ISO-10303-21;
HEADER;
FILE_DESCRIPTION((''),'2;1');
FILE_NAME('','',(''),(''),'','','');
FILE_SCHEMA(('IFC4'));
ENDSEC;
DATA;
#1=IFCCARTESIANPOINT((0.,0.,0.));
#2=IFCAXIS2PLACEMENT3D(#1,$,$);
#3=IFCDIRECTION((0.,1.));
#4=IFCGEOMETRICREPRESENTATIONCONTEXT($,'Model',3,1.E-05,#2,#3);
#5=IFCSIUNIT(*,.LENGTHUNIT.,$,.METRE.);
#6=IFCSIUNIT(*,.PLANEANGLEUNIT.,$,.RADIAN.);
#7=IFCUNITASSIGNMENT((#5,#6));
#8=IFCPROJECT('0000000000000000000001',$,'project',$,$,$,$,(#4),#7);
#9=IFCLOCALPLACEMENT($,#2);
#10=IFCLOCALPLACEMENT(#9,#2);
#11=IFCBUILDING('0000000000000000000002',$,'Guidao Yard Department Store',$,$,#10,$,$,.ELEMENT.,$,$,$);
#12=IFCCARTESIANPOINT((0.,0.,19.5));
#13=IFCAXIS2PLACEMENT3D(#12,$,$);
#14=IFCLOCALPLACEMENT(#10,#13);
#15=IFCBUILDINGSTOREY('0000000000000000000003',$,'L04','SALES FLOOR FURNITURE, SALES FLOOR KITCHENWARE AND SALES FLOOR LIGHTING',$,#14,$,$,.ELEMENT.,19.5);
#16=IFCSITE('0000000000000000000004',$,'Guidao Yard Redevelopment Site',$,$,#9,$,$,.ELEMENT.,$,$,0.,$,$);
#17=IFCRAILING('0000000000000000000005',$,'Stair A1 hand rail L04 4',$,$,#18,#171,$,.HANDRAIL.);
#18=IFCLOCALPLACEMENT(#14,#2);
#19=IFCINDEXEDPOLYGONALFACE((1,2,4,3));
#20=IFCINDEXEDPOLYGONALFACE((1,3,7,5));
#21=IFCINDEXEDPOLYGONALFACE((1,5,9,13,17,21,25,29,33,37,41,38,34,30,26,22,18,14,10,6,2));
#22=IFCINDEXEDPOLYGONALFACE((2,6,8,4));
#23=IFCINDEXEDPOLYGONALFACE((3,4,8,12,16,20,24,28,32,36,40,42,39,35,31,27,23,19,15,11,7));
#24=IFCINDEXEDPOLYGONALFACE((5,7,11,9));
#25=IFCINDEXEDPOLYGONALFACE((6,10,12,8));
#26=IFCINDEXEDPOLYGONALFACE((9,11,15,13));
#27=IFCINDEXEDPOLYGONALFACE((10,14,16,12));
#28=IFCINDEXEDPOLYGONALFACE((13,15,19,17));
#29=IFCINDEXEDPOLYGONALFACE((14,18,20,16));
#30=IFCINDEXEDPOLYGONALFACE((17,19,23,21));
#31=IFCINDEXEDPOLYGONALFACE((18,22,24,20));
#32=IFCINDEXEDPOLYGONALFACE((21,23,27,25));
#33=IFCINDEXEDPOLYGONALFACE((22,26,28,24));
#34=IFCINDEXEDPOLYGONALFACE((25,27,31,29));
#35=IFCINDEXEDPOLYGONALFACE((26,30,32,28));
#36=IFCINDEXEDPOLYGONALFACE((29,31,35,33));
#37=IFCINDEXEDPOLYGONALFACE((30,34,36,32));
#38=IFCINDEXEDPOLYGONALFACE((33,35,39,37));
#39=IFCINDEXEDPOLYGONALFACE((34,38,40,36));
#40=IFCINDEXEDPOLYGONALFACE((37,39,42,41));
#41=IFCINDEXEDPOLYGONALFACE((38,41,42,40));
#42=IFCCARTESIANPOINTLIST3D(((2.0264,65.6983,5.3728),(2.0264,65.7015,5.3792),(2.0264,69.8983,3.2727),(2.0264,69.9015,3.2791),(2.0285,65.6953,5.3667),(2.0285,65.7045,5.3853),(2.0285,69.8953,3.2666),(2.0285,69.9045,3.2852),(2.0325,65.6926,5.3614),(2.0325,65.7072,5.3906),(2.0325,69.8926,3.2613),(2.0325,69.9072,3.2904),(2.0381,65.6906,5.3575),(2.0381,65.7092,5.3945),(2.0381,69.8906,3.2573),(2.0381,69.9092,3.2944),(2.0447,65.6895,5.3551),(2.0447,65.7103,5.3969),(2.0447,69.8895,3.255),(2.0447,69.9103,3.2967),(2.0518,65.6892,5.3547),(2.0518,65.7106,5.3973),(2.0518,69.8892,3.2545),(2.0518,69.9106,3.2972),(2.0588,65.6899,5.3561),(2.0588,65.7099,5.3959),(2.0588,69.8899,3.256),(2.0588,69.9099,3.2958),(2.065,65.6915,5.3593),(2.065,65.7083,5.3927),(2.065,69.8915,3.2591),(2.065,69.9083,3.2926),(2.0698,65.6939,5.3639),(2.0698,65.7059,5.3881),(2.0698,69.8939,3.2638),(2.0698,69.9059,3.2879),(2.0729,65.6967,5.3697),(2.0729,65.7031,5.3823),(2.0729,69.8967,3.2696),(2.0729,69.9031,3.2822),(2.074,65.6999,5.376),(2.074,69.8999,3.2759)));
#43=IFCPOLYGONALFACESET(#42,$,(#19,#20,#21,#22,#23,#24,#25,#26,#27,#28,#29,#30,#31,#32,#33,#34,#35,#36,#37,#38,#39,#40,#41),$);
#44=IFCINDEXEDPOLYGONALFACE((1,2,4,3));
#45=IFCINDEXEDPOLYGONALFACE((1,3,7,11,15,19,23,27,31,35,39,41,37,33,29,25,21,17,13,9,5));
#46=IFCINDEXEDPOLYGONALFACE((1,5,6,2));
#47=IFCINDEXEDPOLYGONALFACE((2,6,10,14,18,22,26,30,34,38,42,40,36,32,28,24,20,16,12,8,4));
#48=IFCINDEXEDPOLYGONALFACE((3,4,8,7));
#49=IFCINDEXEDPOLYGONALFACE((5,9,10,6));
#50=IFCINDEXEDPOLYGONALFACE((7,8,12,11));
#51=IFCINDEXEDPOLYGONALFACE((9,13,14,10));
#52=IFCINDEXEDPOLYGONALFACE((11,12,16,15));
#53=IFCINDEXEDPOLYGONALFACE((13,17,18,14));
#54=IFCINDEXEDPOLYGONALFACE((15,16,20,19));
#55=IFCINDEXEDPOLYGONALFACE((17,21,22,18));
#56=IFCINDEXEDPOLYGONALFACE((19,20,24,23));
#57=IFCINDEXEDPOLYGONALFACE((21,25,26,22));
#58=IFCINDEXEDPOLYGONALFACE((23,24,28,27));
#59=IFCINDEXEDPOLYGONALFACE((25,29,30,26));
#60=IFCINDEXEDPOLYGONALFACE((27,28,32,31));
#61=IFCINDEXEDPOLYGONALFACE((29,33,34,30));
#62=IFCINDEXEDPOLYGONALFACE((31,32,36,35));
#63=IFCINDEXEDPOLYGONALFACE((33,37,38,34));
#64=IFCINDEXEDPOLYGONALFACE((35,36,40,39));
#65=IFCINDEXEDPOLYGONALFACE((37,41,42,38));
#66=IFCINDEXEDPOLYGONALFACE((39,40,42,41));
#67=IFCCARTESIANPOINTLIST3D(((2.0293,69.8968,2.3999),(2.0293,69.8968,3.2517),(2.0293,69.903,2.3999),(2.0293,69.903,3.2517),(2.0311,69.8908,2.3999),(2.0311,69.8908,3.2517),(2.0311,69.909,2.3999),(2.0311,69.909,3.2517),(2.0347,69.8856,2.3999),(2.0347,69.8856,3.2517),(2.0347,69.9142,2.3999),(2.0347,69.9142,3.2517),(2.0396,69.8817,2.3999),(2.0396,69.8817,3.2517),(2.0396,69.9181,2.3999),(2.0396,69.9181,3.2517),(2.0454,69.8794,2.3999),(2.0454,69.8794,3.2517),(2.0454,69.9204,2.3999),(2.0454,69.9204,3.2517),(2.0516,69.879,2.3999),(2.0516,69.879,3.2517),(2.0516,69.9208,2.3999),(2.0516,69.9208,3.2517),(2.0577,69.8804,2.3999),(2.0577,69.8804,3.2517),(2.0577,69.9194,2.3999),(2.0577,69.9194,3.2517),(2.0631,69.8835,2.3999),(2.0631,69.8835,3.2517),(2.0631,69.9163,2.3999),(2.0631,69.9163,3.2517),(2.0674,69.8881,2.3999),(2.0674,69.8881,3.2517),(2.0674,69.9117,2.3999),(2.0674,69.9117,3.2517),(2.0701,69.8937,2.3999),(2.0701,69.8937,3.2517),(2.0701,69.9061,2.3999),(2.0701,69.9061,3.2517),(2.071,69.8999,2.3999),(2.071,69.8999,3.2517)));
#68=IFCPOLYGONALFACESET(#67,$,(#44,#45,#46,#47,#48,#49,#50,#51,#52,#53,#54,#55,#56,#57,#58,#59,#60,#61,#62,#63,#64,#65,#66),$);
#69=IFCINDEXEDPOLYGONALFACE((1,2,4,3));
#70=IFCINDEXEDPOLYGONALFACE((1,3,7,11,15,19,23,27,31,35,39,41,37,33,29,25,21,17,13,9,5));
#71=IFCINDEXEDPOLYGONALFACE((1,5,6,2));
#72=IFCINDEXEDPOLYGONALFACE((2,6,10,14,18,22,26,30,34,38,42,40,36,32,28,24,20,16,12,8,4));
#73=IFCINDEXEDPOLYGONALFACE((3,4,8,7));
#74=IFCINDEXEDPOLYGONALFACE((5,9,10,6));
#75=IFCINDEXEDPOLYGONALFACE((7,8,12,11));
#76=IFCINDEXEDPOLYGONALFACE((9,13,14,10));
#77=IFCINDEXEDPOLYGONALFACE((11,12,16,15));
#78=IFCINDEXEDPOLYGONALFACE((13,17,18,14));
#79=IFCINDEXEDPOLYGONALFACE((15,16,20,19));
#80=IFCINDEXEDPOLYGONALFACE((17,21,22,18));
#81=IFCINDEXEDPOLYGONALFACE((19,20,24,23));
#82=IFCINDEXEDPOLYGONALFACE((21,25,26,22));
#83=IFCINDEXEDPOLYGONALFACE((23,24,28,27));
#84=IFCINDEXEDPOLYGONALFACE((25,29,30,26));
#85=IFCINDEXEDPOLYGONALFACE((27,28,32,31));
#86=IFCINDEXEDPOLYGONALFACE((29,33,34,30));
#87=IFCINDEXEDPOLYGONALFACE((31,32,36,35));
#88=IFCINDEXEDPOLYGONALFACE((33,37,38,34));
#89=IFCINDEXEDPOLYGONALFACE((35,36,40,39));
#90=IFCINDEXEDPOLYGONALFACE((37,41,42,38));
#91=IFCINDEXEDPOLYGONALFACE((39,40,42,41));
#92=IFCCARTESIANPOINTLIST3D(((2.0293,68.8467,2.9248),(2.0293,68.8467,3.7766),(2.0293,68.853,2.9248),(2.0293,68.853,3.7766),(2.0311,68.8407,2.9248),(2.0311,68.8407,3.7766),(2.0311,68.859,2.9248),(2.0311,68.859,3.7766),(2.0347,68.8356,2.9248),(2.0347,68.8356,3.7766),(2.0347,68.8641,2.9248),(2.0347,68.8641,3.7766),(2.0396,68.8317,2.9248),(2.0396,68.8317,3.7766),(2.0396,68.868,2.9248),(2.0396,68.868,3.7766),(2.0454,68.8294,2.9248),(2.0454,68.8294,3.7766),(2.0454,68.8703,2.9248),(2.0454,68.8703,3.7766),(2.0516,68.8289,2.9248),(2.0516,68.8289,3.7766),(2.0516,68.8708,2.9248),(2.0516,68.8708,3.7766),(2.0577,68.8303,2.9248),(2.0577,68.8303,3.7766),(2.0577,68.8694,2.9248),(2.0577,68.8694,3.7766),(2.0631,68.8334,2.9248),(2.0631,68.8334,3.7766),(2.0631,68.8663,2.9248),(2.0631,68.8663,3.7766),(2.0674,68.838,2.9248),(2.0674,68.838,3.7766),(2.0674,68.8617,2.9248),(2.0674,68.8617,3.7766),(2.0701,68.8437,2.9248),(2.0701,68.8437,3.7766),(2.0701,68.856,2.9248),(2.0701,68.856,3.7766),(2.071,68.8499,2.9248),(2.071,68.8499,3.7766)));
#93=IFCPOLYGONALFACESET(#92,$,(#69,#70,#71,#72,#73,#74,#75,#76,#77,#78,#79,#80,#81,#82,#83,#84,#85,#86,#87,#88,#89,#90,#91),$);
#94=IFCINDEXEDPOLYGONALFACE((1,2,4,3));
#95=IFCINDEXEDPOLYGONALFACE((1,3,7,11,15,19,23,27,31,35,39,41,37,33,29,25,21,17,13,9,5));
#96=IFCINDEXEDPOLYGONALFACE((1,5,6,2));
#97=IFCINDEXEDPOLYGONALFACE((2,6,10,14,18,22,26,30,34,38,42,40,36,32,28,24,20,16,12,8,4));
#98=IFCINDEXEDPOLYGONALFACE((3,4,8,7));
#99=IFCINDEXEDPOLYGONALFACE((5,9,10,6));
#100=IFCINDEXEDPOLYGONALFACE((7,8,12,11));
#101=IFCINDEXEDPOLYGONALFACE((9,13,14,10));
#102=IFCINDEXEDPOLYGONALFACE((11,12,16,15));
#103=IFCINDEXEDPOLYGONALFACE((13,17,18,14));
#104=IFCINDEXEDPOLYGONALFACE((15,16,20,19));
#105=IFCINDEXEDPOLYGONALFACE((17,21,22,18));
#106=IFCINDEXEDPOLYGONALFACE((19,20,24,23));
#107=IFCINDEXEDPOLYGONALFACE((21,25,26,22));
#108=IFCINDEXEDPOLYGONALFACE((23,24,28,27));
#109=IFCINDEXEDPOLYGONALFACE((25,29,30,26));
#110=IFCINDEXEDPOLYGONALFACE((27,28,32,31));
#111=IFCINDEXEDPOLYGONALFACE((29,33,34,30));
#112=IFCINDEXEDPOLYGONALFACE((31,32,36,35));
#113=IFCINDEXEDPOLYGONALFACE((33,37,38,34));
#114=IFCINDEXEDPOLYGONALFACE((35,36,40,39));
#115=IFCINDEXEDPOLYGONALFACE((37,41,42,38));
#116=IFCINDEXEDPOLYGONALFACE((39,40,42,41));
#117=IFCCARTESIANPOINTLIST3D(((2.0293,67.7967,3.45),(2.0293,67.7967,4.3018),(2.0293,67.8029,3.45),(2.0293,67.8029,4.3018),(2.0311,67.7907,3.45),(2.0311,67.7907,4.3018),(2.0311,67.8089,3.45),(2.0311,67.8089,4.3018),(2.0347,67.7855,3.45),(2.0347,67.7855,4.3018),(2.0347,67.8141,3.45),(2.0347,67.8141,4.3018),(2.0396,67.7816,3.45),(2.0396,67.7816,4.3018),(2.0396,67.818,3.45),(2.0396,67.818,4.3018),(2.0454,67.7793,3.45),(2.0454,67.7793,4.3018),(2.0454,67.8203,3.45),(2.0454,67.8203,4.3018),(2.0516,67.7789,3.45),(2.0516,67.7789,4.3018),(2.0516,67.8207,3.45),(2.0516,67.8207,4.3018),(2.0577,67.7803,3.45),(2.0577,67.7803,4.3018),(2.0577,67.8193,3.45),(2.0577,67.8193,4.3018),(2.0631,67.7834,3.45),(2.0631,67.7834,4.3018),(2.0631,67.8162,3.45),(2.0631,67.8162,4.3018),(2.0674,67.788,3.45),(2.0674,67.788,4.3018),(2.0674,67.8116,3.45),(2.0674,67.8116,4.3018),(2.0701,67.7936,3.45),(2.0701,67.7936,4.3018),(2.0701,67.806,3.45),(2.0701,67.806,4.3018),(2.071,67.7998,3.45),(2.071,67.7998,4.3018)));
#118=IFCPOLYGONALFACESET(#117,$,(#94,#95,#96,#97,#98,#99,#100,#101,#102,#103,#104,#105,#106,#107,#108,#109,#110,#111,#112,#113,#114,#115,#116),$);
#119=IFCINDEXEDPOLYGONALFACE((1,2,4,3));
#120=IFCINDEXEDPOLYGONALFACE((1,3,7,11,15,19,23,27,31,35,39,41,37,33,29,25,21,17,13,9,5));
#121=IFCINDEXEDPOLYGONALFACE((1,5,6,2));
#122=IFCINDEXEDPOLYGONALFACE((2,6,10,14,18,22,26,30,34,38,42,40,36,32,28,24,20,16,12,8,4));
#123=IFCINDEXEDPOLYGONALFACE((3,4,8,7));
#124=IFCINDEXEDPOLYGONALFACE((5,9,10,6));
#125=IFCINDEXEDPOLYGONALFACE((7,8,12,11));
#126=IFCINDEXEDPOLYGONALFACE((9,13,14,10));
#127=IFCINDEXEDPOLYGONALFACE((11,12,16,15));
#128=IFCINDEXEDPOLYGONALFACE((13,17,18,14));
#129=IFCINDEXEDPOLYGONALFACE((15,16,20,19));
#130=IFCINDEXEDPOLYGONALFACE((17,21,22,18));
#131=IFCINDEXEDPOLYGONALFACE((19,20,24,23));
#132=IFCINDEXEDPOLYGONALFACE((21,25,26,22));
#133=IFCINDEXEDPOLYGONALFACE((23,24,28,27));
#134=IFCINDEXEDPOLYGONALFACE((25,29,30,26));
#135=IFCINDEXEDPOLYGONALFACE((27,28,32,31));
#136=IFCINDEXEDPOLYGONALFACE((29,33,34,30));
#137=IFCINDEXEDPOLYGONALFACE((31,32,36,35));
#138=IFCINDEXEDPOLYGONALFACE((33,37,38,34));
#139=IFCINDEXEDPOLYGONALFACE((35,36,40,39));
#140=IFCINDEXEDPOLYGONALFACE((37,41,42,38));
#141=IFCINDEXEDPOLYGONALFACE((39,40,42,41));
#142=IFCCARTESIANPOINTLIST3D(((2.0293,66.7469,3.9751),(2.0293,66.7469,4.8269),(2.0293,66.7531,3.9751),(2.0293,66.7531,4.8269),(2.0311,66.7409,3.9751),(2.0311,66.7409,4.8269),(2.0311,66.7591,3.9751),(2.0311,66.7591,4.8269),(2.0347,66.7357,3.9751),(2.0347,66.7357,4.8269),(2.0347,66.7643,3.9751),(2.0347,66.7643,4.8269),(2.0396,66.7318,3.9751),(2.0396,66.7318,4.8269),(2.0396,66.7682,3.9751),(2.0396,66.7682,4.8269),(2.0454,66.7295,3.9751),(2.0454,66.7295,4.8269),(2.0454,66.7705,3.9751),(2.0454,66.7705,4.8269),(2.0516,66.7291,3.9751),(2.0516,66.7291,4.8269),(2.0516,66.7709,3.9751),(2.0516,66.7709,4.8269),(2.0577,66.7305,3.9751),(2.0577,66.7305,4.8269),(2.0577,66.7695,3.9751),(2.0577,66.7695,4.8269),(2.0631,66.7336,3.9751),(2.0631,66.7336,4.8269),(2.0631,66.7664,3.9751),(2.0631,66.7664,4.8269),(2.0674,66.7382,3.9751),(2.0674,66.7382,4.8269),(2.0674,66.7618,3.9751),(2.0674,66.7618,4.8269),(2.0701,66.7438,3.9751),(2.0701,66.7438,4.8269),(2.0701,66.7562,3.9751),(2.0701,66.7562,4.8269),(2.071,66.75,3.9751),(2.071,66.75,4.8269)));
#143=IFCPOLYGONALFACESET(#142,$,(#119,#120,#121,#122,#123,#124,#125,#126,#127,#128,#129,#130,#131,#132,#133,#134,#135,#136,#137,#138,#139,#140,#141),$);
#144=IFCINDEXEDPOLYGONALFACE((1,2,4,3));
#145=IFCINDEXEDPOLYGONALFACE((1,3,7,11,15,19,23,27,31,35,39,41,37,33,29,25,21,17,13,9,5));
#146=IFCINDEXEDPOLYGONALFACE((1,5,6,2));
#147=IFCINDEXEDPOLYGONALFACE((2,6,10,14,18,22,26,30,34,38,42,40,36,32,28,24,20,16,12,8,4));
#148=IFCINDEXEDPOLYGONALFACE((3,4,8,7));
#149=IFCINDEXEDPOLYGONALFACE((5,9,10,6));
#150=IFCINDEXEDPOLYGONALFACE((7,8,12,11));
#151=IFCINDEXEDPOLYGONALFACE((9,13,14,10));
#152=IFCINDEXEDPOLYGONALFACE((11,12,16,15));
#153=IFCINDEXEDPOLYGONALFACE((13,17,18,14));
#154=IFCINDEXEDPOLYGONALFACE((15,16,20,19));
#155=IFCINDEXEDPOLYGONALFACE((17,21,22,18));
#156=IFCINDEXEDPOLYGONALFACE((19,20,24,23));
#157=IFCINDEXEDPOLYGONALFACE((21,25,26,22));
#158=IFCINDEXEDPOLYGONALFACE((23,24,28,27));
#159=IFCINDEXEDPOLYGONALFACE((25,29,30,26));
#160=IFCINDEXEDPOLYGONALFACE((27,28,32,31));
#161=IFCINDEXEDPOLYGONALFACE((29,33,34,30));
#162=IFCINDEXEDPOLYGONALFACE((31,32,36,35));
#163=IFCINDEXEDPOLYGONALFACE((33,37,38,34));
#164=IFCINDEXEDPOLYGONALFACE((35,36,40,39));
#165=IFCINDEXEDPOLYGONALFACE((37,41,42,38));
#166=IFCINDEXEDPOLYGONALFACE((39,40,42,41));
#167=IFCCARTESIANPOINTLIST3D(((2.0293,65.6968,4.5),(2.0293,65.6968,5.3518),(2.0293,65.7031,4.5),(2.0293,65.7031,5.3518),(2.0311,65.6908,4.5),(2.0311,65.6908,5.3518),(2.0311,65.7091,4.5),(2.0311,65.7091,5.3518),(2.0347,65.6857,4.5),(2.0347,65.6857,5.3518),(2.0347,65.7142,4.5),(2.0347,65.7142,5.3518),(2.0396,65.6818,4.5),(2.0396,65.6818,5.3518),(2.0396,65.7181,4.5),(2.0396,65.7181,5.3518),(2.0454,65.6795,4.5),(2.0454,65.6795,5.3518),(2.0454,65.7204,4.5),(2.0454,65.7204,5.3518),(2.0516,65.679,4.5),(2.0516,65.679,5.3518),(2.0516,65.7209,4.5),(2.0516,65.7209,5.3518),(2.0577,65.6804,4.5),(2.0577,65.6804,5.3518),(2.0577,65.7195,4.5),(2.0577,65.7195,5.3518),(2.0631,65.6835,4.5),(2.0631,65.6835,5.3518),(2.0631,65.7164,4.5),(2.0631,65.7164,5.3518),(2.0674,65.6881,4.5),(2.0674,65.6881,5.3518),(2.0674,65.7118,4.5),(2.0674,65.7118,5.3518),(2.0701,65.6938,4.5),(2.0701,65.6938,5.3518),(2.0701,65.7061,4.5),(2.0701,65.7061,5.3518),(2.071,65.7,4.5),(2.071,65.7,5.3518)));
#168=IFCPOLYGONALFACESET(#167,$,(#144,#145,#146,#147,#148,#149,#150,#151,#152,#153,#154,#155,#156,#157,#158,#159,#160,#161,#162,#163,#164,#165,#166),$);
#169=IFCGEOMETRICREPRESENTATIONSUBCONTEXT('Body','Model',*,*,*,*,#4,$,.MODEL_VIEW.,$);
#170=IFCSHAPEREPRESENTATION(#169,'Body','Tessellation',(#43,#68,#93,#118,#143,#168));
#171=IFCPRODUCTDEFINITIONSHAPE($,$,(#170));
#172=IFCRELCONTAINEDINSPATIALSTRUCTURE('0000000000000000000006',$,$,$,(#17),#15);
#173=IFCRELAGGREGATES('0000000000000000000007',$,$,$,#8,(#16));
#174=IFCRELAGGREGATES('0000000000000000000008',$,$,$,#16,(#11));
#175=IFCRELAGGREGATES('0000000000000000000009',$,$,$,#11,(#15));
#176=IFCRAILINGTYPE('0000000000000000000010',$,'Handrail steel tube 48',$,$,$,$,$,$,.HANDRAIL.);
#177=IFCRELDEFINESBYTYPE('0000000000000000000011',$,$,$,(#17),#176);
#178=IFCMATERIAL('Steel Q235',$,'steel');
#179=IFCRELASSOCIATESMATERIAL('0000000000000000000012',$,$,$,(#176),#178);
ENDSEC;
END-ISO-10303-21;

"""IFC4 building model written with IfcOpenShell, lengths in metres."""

from ifc_helpers import new_model, si_unit, direction, frame, origin, origin_2d, place, context, subcontext, project, spatial, circle, extrude, material, type_object, element, save


model = new_model("IFC4")

# Units and contexts
model_context = context("Model", 3, precision=1e-05, world=origin(), true_north=direction((0.0, 1.0)))
body_context = subcontext(model_context, "Body", "Model", "MODEL_VIEW")
ifc_project = project(units=[si_unit("LENGTHUNIT", "METRE"), si_unit("PLANEANGLEUNIT", "RADIAN")], contexts=[model_context])

# Site, building, storey
site_placement = place(None, origin())
site = spatial("IfcSite", under=ifc_project, at=site_placement, Name="Guidao Yard Redevelopment Site", CompositionType="ELEMENT", RefElevation=0.0)
building_placement = place(site_placement, origin())
building = spatial("IfcBuilding", under=site, at=building_placement, Name="Guidao Yard Department Store", CompositionType="ELEMENT")
storey_placement = place(building_placement, frame((0.0, 0.0, 19.5)))
storey = spatial("IfcBuildingStorey", under=building, at=storey_placement, Name="L04", Description="SALES FLOOR FURNITURE, SALES FLOOR KITCHENWARE AND SALES FLOOR LIGHTING", CompositionType="ELEMENT", Elevation=19.5)

# Railing
ifc_material_1 = material(Name="Steel Q235", Category="steel")
railing_type_1 = type_object("IfcRailingType", Name="Handrail steel tube 48", PredefinedType="HANDRAIL", material=ifc_material_1)
for number, where, name in (
    (1, (2.05, 69.8999, 2.3999), "Stair A1 hand rail L04 4"),
):
    element("IfcRailing", number, at=place(storey_placement, frame(where)), inside=storey, type_object=railing_type_1, Name=name, PredefinedType="HANDRAIL", context=body_context, shape_type="SweptSolid", body=[
        extrude(circle(Radius=0.0239, at=origin_2d()), frame((0.0, 0.0, 0.876), z_axis=(0.0, -0.894417, 0.447234), x_axis=(1.0, 0.0, 0.0)), (0.0, 0.0, 1.0), 4.6958),
        extrude(circle(Radius=0.021, at=origin_2d()), origin(), (0.0, 0.0, 1.0), 0.8518),
        extrude(circle(Radius=0.021, at=origin_2d()), frame((0.0, -1.05, 0.5249)), (0.0, 0.0, 1.0), 0.8518),
        extrude(circle(Radius=0.021, at=origin_2d()), frame((0.0, -2.1001, 1.05)), (0.0, 0.0, 1.0), 0.8518),
        extrude(circle(Radius=0.021, at=origin_2d()), frame((0.0, -3.1499, 1.5752)), (0.0, 0.0, 1.0), 0.8518),
        extrude(circle(Radius=0.021, at=origin_2d()), frame((0.0, -4.2, 2.1001)), (0.0, 0.0, 1.0), 0.8518),
    ])

save(model, "model.ifc")
